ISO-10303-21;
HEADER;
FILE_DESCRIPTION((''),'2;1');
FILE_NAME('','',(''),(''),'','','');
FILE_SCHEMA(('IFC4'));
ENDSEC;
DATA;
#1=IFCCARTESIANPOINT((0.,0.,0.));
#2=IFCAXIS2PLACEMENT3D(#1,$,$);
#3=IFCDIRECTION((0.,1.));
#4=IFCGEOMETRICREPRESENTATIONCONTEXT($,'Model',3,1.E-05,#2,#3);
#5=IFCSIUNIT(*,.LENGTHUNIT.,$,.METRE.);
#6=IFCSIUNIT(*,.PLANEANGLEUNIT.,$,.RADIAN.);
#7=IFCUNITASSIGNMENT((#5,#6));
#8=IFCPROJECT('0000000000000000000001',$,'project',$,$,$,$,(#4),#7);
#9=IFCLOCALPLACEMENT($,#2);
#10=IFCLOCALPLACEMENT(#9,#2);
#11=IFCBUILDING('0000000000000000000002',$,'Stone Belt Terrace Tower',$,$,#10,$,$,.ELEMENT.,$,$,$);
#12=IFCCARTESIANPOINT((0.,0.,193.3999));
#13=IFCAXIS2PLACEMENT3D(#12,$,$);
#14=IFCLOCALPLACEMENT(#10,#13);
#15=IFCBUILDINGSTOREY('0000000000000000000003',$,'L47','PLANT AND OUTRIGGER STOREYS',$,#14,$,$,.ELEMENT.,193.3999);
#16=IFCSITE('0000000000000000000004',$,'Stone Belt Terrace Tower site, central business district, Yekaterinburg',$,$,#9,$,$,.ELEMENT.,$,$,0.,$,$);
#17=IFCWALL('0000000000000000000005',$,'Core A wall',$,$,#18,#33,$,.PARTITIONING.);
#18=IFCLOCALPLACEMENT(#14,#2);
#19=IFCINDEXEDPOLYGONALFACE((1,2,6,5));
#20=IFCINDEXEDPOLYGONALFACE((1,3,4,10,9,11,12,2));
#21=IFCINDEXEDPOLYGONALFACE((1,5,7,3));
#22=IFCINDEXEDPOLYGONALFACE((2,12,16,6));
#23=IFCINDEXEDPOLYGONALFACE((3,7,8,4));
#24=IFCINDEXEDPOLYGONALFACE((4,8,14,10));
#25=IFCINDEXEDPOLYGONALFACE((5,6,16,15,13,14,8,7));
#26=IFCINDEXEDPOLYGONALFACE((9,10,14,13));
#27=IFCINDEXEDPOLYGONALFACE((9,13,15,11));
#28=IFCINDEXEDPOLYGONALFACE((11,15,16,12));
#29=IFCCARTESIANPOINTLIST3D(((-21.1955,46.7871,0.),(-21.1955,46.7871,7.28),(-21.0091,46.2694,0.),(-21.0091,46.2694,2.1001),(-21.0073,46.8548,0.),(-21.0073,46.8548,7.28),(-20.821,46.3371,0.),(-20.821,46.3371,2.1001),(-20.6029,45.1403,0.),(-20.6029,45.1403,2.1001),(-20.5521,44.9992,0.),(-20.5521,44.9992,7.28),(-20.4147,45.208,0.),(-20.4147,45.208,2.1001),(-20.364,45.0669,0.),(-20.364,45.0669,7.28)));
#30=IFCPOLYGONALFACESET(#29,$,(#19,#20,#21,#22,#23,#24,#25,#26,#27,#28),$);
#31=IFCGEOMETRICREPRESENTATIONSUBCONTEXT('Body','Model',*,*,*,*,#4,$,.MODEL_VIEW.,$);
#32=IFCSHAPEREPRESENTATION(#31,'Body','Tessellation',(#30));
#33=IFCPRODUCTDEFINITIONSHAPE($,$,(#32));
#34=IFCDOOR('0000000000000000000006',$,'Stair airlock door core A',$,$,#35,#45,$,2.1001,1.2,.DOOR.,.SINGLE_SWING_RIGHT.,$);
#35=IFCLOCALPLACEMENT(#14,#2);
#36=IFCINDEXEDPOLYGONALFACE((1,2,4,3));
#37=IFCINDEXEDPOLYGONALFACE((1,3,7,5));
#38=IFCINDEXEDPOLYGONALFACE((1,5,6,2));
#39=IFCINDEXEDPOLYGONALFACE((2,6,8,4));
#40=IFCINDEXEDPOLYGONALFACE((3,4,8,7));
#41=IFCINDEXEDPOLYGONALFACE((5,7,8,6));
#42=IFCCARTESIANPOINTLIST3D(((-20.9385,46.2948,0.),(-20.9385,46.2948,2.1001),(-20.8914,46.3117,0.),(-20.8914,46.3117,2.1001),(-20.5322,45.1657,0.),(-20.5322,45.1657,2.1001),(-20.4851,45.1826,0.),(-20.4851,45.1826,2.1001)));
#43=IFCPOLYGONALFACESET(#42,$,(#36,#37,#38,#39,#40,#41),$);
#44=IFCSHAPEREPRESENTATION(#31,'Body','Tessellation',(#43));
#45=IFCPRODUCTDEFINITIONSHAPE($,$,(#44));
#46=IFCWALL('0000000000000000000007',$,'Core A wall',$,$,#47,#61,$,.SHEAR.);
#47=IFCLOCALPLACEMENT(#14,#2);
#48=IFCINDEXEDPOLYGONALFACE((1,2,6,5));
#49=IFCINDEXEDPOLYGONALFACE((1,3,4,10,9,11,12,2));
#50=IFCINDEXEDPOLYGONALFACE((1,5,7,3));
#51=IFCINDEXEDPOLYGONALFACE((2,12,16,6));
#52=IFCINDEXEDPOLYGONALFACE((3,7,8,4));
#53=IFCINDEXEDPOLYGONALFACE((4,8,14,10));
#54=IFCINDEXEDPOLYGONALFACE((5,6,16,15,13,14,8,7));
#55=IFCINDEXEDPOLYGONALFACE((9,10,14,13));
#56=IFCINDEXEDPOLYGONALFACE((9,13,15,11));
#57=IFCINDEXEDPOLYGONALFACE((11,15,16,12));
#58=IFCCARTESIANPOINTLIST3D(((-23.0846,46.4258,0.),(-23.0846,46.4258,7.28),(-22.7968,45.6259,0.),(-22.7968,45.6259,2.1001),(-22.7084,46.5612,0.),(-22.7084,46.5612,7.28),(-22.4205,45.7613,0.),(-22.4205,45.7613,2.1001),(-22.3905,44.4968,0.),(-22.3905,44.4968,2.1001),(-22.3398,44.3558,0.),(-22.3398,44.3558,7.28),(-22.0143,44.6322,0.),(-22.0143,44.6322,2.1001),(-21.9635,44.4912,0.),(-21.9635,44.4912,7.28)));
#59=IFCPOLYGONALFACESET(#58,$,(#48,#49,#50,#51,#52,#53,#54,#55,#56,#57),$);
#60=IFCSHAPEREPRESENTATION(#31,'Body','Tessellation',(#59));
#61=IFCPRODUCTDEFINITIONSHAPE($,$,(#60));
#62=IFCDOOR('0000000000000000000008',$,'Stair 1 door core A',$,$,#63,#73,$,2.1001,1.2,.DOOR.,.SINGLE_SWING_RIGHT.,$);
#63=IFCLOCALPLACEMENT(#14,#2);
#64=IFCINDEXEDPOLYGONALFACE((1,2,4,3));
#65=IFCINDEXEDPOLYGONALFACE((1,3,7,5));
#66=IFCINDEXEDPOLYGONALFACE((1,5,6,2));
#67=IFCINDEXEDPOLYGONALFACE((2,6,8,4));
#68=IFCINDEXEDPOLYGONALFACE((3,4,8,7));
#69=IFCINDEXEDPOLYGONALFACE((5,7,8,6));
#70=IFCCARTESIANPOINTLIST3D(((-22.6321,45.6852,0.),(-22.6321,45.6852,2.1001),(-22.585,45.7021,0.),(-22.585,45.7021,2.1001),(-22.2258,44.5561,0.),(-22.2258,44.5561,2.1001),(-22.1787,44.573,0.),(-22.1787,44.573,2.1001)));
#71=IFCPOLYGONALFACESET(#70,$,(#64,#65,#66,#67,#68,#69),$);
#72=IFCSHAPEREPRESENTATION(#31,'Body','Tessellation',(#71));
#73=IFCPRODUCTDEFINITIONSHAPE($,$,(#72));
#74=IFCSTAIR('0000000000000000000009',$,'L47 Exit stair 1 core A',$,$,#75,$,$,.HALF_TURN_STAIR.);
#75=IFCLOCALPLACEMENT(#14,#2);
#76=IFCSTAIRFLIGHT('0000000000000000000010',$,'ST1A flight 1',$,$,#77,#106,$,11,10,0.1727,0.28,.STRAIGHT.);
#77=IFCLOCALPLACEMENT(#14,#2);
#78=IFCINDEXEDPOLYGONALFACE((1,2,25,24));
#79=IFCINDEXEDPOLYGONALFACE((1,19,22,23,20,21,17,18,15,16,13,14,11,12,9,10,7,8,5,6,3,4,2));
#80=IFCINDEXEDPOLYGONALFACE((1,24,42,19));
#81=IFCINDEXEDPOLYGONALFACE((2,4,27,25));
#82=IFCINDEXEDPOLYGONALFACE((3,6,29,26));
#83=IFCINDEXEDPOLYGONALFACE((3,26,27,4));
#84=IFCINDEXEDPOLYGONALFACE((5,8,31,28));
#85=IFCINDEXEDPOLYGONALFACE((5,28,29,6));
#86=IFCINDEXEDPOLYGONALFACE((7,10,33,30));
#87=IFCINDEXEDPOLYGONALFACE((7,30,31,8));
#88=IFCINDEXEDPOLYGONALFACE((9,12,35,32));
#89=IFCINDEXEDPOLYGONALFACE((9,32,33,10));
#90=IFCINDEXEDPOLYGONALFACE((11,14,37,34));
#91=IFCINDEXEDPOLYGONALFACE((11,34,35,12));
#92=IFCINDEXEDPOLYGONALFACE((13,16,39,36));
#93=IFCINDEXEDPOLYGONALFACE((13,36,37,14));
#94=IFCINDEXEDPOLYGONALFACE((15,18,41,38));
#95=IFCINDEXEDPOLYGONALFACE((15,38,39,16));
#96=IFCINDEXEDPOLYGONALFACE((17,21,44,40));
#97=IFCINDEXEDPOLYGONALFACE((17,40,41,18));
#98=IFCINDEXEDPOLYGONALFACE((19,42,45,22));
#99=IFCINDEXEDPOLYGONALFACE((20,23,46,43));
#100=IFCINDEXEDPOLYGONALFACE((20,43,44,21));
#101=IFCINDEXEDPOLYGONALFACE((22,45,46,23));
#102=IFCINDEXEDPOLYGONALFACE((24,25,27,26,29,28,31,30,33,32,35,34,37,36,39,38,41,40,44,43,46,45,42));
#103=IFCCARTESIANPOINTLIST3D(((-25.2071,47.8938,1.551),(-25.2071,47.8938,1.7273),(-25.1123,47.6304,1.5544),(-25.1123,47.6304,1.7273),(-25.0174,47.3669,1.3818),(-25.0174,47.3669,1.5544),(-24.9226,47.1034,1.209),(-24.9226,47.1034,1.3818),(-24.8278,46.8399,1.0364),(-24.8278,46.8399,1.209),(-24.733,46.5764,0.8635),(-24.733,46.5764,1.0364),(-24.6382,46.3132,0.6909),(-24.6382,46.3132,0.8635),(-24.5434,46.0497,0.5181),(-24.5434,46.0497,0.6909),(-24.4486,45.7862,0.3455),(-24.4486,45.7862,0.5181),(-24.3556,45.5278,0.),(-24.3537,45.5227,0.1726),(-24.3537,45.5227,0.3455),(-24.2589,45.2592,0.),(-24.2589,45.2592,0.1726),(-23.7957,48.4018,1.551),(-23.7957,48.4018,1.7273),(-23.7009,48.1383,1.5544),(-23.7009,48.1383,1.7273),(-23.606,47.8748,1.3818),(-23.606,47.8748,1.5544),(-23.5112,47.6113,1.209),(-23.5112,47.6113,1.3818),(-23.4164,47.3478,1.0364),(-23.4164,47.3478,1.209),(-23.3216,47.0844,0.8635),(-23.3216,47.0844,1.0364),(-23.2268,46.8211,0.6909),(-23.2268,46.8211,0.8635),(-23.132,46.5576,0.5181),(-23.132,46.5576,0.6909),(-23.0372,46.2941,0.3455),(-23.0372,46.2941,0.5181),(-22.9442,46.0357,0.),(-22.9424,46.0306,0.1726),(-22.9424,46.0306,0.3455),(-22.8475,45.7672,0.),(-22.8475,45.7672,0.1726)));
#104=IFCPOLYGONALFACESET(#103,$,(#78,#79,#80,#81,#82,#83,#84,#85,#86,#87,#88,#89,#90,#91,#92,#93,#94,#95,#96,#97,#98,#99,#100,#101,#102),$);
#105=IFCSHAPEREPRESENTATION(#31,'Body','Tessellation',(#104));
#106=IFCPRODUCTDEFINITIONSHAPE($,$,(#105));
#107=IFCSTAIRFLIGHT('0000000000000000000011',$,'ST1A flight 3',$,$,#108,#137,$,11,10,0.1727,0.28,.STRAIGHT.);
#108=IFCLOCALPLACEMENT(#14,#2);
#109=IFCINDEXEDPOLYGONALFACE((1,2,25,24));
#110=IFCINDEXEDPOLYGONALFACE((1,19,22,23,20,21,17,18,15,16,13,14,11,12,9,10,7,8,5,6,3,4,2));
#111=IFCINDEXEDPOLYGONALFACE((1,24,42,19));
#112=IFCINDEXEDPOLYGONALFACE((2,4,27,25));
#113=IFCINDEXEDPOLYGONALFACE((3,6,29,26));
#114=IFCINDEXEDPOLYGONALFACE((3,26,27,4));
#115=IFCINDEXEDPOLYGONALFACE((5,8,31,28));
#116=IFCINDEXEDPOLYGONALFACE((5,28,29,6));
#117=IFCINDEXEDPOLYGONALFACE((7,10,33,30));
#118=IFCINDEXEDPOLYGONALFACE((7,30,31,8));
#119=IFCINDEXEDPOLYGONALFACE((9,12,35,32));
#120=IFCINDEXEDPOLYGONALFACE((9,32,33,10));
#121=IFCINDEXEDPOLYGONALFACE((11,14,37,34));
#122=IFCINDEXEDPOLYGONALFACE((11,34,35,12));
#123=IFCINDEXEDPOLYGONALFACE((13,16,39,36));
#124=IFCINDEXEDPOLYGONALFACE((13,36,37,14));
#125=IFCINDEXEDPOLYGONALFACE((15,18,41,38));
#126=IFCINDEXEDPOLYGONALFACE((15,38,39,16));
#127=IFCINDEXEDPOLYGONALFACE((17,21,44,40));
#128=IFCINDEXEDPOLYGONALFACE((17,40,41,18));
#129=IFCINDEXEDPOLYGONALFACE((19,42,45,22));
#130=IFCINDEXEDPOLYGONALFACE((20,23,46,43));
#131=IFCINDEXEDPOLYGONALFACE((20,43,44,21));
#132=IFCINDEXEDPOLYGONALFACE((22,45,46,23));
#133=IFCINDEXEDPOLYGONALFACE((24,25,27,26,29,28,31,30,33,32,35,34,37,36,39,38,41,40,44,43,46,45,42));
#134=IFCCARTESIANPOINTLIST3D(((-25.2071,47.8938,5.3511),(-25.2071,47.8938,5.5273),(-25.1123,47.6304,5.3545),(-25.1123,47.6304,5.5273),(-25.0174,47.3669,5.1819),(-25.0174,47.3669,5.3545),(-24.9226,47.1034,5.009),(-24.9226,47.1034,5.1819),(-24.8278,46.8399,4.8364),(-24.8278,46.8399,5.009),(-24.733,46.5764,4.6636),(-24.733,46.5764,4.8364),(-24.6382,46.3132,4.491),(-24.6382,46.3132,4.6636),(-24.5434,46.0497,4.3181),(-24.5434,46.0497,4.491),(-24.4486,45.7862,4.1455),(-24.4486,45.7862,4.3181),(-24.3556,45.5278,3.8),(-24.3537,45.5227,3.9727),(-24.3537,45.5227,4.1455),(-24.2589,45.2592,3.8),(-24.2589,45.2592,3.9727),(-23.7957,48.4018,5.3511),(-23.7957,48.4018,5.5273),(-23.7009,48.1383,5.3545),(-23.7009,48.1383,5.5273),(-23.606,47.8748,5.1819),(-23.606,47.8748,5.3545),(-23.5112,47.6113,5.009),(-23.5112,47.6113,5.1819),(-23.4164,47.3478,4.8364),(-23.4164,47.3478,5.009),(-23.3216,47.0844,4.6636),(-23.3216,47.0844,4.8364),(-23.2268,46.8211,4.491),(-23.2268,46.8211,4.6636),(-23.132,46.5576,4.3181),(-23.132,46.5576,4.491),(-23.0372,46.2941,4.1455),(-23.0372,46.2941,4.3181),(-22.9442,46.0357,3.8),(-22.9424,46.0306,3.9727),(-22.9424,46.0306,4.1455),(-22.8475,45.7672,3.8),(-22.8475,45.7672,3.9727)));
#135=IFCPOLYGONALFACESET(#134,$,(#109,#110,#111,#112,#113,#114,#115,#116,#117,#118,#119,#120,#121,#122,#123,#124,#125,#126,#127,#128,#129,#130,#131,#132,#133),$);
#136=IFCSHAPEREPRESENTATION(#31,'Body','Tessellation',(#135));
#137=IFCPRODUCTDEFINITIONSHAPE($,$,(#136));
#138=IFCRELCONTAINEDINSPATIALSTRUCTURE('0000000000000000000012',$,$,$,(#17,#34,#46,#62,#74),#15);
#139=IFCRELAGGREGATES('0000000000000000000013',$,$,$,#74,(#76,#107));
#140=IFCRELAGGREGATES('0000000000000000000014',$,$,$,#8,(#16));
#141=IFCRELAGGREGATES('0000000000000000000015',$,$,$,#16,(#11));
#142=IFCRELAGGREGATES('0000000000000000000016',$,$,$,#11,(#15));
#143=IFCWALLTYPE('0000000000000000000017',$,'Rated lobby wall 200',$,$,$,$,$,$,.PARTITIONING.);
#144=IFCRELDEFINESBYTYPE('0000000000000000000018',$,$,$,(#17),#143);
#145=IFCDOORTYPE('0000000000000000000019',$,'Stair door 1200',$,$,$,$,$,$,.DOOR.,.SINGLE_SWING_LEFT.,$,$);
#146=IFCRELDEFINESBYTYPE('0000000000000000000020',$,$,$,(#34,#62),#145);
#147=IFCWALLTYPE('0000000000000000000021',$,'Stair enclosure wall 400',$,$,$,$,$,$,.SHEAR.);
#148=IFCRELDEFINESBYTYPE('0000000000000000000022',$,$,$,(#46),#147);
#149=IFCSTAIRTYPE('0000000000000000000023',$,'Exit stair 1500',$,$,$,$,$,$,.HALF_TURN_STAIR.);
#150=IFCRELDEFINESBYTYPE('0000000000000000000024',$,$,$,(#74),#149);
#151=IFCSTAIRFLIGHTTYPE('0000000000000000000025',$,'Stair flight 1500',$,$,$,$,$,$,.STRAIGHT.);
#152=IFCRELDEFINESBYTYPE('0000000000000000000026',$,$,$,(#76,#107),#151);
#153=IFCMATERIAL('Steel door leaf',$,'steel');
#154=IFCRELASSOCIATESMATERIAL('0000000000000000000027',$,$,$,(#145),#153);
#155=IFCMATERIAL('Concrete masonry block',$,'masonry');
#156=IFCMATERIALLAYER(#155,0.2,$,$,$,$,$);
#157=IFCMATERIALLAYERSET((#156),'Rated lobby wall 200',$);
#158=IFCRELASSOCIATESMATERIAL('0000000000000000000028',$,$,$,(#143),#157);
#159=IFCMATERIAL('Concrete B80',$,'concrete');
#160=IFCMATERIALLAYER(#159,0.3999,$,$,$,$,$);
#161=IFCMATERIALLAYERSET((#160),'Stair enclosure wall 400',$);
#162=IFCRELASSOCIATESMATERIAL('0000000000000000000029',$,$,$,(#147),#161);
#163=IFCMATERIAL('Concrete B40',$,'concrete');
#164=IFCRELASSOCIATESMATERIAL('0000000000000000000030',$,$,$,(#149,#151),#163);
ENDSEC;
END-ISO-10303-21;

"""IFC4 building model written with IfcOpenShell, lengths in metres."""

from ifc_helpers import new_model, si_unit, direction, frame, frame_2d, origin, place, context, subcontext, project, spatial, polyline, rectangle, outline, extrude, material, layer, layer_set, type_object, element, fill, aggregate, save


model = new_model("IFC4")

# Units and contexts
model_context = context("Model", 3, precision=1e-05, world=origin(), true_north=direction((0.0, 1.0)))
body_context = subcontext(model_context, "Body", "Model", "MODEL_VIEW")
ifc_project = project(units=[si_unit("LENGTHUNIT", "METRE"), si_unit("PLANEANGLEUNIT", "RADIAN")], contexts=[model_context])

# Site, building, storey
site_placement = place(None, origin())
site = spatial("IfcSite", under=ifc_project, at=site_placement, Name="Stone Belt Terrace Tower site, central business district, Yekaterinburg", CompositionType="ELEMENT", RefElevation=0.0)
building_placement = place(site_placement, origin())
building = spatial("IfcBuilding", under=site, at=building_placement, Name="Stone Belt Terrace Tower", CompositionType="ELEMENT")
storey_placement = place(building_placement, frame((0.0, 0.0, 193.3999)))
storey = spatial("IfcBuildingStorey", under=building, at=storey_placement, Name="L47", Description="PLANT AND OUTRIGGER STOREYS", CompositionType="ELEMENT", Elevation=193.3999)

# Shared definitions
ifc_material_1 = material(Name="Concrete B80", Category="concrete")

# Shared definitions
ifc_material_2 = material(Name="Steel door leaf", Category="steel")
door_type_1 = type_object("IfcDoorType", Name="Stair door 1200", OperationType="SINGLE_SWING_LEFT", PredefinedType="DOOR", material=ifc_material_2)

# Walls, openings, doors
ifc_material_3 = material(Name="Concrete masonry block", Category="masonry")
ifc_layer_1 = layer(ifc_material_3, 0.2)
ifc_layer_set_1 = layer_set([ifc_layer_1], Name="Rated lobby wall 200")
wall_type_1 = type_object("IfcWallType", Name="Rated lobby wall 200", PredefinedType="PARTITIONING", material=ifc_layer_set_1)
wall_1_placement = place(storey_placement, frame((-20.458, 45.033, 0.0), z_axis=(0.0, 0.0, 1.0), x_axis=(-0.338574, 0.94094, 0.0)))
wall_1 = element("IfcWall", 1, at=wall_1_placement, inside=storey, type_object=wall_type_1, Name="Core A wall", PredefinedType="PARTITIONING", context=body_context, shape_type="SweptSolid", body=[
    extrude(rectangle(XDim=1.9001, YDim=0.2, at=frame_2d((0.9502, 0.0))), origin(), (0.0, 0.0, 1.0), 7.28),
])
opening_1_placement = place(wall_1_placement, frame((0.1499, 0.0, 0.0)))
opening_1 = element("IfcOpeningElement", 2, at=opening_1_placement, cuts=wall_1, PredefinedType="OPENING", context=body_context, shape_type="SweptSolid", body=[
    extrude(rectangle(XDim=1.2, YDim=2.1001, at=frame_2d((0.6001, 1.05))), frame((0.0, 0.1099, 0.0), z_axis=(0.0, -1.0, 0.0), x_axis=(1.0, 0.0, 0.0)), (0.0, 0.0, 1.0), 0.22),
])
door_1_placement = place(opening_1_placement, origin())
door_1 = element("IfcDoor", 3, at=door_1_placement, inside=storey, type_object=door_type_1, Name="Stair airlock door core A", OperationType="SINGLE_SWING_RIGHT", OverallHeight=2.1001, OverallWidth=1.2, PredefinedType="DOOR", context=body_context, shape_type="SweptSolid", body=[
    extrude(rectangle(XDim=1.2, YDim=2.1001, at=frame_2d((0.6001, 1.05))), frame((0.0, 0.0249, 0.0), z_axis=(0.0, -1.0, 0.0), x_axis=(1.0, 0.0, 0.0)), (0.0, 0.0, 1.0), 0.05),
])
fill(opening_1, door_1)
ifc_layer_2 = layer(ifc_material_1, 0.3999)
ifc_layer_set_2 = layer_set([ifc_layer_2], Name="Stair enclosure wall 400")
wall_type_2 = type_object("IfcWallType", Name="Stair enclosure wall 400", PredefinedType="SHEAR", material=ifc_layer_set_2)
wall_2_placement = place(storey_placement, frame((-22.1516, 44.4233, 0.0), z_axis=(0.0, 0.0, 1.0), x_axis=(-0.338578, 0.940938, 0.0)))
wall_2 = element("IfcWall", 4, at=wall_2_placement, inside=storey, type_object=wall_type_2, Name="Core A wall", PredefinedType="SHEAR", context=body_context, shape_type="SweptSolid", body=[
    extrude(rectangle(XDim=2.2, YDim=0.3999, at=frame_2d((1.1001, 0.0))), origin(), (0.0, 0.0, 1.0), 7.28),
])
opening_2_placement = place(wall_2_placement, frame((0.1499, 0.0, 0.0)))
opening_2 = element("IfcOpeningElement", 5, at=opening_2_placement, cuts=wall_2, PredefinedType="OPENING", context=body_context, shape_type="SweptSolid", body=[
    extrude(rectangle(XDim=1.2, YDim=2.1001, at=frame_2d((0.6001, 1.05))), frame((0.0, 0.21, 0.0), z_axis=(0.0, -1.0, 0.0), x_axis=(1.0, 0.0, 0.0)), (0.0, 0.0, 1.0), 0.4199),
])
door_2_placement = place(opening_2_placement, origin())
door_2 = element("IfcDoor", 6, at=door_2_placement, inside=storey, type_object=door_type_1, Name="Stair 1 door core A", OperationType="SINGLE_SWING_RIGHT", OverallHeight=2.1001, OverallWidth=1.2, PredefinedType="DOOR", context=body_context, shape_type="SweptSolid", body=[
    extrude(rectangle(XDim=1.2, YDim=2.1001, at=frame_2d((0.6001, 1.05))), frame((0.0, 0.0249, 0.0), z_axis=(0.0, -1.0, 0.0), x_axis=(1.0, 0.0, 0.0)), (0.0, 0.0, 1.0), 0.05),
])
fill(opening_2, door_2)

# Stair, stair flights
ifc_material_4 = material(Name="Concrete B40", Category="concrete")
stair_type = type_object("IfcStairType", Name="Exit stair 1500", PredefinedType="HALF_TURN_STAIR", material=ifc_material_4)
stair_placement = place(storey_placement, origin())
stair = element("IfcStair", 7, at=stair_placement, inside=storey, type_object=stair_type, Name="L47 Exit stair 1 core A", PredefinedType="HALF_TURN_STAIR")
stair_flight_type = type_object("IfcStairFlightType", Name="Stair flight 1500", PredefinedType="STRAIGHT", material=ifc_material_4)
stair_flight_1_placement = place(storey_placement, frame((-23.5532, 45.5132, 0.0), z_axis=(0.0, 0.0, 1.0), x_axis=(-0.338624, 0.940922, 0.0)))
stair_flight_1 = element("IfcStairFlight", 8, at=stair_flight_1_placement, type_object=stair_flight_type, Name="ST1A flight 1", NumberOfRisers=11, NumberOfTreads=10, PredefinedType="STRAIGHT", RiserHeight=0.1727, TreadLength=0.28, context=body_context, shape_type="SweptSolid", body=[
    extrude(outline(polyline([(0.0, 0.0), (0.0, 0.1726), (0.28, 0.1726), (0.28, 0.3455), (0.5601, 0.3455), (0.5601, 0.5181), (0.8401, 0.5181), (0.8401, 0.6909), (1.1201, 0.6909), (1.1201, 0.8635), (1.3999, 0.8635), (1.3999, 1.0364), (1.6799, 1.0364), (1.6799, 1.209), (1.96, 1.209), (1.96, 1.3818), (2.24, 1.3818), (2.24, 1.5544), (2.52, 1.5544), (2.52, 1.7273), (2.8, 1.7273), (2.8, 1.8999), (2.8, 1.551), (0.2854, 0.0), (0.0, 0.0)])), frame((0.0, 0.75, 0.0), z_axis=(0.0, -1.0, 0.0), x_axis=(1.0, 0.0, 0.0)), (0.0, 0.0, 1.0), 1.5),
])
stair_flight_2_placement = place(storey_placement, frame((-23.5532, 45.5132, 3.8), z_axis=(0.0, 0.0, 1.0), x_axis=(-0.338624, 0.940922, 0.0)))
stair_flight_2 = element("IfcStairFlight", 9, at=stair_flight_2_placement, type_object=stair_flight_type, Name="ST1A flight 3", NumberOfRisers=11, NumberOfTreads=10, PredefinedType="STRAIGHT", RiserHeight=0.1727, TreadLength=0.28, context=body_context, shape_type="SweptSolid", body=[
    extrude(outline(polyline([(0.0, 0.0), (0.0, 0.1726), (0.28, 0.1726), (0.28, 0.3455), (0.5601, 0.3455), (0.5601, 0.5181), (0.8401, 0.5181), (0.8401, 0.6909), (1.1201, 0.6909), (1.1201, 0.8635), (1.3999, 0.8635), (1.3999, 1.0364), (1.6799, 1.0364), (1.6799, 1.209), (1.96, 1.209), (1.96, 1.3818), (2.24, 1.3818), (2.24, 1.5544), (2.52, 1.5544), (2.52, 1.7273), (2.8, 1.7273), (2.8, 1.8999), (2.8, 1.551), (0.2854, 0.0), (0.0, 0.0)])), frame((0.0, 0.75, 0.0), z_axis=(0.0, -1.0, 0.0), x_axis=(1.0, 0.0, 0.0)), (0.0, 0.0, 1.0), 1.5),
])
aggregate(stair, [stair_flight_1, stair_flight_2])

save(model, "model.ifc")
